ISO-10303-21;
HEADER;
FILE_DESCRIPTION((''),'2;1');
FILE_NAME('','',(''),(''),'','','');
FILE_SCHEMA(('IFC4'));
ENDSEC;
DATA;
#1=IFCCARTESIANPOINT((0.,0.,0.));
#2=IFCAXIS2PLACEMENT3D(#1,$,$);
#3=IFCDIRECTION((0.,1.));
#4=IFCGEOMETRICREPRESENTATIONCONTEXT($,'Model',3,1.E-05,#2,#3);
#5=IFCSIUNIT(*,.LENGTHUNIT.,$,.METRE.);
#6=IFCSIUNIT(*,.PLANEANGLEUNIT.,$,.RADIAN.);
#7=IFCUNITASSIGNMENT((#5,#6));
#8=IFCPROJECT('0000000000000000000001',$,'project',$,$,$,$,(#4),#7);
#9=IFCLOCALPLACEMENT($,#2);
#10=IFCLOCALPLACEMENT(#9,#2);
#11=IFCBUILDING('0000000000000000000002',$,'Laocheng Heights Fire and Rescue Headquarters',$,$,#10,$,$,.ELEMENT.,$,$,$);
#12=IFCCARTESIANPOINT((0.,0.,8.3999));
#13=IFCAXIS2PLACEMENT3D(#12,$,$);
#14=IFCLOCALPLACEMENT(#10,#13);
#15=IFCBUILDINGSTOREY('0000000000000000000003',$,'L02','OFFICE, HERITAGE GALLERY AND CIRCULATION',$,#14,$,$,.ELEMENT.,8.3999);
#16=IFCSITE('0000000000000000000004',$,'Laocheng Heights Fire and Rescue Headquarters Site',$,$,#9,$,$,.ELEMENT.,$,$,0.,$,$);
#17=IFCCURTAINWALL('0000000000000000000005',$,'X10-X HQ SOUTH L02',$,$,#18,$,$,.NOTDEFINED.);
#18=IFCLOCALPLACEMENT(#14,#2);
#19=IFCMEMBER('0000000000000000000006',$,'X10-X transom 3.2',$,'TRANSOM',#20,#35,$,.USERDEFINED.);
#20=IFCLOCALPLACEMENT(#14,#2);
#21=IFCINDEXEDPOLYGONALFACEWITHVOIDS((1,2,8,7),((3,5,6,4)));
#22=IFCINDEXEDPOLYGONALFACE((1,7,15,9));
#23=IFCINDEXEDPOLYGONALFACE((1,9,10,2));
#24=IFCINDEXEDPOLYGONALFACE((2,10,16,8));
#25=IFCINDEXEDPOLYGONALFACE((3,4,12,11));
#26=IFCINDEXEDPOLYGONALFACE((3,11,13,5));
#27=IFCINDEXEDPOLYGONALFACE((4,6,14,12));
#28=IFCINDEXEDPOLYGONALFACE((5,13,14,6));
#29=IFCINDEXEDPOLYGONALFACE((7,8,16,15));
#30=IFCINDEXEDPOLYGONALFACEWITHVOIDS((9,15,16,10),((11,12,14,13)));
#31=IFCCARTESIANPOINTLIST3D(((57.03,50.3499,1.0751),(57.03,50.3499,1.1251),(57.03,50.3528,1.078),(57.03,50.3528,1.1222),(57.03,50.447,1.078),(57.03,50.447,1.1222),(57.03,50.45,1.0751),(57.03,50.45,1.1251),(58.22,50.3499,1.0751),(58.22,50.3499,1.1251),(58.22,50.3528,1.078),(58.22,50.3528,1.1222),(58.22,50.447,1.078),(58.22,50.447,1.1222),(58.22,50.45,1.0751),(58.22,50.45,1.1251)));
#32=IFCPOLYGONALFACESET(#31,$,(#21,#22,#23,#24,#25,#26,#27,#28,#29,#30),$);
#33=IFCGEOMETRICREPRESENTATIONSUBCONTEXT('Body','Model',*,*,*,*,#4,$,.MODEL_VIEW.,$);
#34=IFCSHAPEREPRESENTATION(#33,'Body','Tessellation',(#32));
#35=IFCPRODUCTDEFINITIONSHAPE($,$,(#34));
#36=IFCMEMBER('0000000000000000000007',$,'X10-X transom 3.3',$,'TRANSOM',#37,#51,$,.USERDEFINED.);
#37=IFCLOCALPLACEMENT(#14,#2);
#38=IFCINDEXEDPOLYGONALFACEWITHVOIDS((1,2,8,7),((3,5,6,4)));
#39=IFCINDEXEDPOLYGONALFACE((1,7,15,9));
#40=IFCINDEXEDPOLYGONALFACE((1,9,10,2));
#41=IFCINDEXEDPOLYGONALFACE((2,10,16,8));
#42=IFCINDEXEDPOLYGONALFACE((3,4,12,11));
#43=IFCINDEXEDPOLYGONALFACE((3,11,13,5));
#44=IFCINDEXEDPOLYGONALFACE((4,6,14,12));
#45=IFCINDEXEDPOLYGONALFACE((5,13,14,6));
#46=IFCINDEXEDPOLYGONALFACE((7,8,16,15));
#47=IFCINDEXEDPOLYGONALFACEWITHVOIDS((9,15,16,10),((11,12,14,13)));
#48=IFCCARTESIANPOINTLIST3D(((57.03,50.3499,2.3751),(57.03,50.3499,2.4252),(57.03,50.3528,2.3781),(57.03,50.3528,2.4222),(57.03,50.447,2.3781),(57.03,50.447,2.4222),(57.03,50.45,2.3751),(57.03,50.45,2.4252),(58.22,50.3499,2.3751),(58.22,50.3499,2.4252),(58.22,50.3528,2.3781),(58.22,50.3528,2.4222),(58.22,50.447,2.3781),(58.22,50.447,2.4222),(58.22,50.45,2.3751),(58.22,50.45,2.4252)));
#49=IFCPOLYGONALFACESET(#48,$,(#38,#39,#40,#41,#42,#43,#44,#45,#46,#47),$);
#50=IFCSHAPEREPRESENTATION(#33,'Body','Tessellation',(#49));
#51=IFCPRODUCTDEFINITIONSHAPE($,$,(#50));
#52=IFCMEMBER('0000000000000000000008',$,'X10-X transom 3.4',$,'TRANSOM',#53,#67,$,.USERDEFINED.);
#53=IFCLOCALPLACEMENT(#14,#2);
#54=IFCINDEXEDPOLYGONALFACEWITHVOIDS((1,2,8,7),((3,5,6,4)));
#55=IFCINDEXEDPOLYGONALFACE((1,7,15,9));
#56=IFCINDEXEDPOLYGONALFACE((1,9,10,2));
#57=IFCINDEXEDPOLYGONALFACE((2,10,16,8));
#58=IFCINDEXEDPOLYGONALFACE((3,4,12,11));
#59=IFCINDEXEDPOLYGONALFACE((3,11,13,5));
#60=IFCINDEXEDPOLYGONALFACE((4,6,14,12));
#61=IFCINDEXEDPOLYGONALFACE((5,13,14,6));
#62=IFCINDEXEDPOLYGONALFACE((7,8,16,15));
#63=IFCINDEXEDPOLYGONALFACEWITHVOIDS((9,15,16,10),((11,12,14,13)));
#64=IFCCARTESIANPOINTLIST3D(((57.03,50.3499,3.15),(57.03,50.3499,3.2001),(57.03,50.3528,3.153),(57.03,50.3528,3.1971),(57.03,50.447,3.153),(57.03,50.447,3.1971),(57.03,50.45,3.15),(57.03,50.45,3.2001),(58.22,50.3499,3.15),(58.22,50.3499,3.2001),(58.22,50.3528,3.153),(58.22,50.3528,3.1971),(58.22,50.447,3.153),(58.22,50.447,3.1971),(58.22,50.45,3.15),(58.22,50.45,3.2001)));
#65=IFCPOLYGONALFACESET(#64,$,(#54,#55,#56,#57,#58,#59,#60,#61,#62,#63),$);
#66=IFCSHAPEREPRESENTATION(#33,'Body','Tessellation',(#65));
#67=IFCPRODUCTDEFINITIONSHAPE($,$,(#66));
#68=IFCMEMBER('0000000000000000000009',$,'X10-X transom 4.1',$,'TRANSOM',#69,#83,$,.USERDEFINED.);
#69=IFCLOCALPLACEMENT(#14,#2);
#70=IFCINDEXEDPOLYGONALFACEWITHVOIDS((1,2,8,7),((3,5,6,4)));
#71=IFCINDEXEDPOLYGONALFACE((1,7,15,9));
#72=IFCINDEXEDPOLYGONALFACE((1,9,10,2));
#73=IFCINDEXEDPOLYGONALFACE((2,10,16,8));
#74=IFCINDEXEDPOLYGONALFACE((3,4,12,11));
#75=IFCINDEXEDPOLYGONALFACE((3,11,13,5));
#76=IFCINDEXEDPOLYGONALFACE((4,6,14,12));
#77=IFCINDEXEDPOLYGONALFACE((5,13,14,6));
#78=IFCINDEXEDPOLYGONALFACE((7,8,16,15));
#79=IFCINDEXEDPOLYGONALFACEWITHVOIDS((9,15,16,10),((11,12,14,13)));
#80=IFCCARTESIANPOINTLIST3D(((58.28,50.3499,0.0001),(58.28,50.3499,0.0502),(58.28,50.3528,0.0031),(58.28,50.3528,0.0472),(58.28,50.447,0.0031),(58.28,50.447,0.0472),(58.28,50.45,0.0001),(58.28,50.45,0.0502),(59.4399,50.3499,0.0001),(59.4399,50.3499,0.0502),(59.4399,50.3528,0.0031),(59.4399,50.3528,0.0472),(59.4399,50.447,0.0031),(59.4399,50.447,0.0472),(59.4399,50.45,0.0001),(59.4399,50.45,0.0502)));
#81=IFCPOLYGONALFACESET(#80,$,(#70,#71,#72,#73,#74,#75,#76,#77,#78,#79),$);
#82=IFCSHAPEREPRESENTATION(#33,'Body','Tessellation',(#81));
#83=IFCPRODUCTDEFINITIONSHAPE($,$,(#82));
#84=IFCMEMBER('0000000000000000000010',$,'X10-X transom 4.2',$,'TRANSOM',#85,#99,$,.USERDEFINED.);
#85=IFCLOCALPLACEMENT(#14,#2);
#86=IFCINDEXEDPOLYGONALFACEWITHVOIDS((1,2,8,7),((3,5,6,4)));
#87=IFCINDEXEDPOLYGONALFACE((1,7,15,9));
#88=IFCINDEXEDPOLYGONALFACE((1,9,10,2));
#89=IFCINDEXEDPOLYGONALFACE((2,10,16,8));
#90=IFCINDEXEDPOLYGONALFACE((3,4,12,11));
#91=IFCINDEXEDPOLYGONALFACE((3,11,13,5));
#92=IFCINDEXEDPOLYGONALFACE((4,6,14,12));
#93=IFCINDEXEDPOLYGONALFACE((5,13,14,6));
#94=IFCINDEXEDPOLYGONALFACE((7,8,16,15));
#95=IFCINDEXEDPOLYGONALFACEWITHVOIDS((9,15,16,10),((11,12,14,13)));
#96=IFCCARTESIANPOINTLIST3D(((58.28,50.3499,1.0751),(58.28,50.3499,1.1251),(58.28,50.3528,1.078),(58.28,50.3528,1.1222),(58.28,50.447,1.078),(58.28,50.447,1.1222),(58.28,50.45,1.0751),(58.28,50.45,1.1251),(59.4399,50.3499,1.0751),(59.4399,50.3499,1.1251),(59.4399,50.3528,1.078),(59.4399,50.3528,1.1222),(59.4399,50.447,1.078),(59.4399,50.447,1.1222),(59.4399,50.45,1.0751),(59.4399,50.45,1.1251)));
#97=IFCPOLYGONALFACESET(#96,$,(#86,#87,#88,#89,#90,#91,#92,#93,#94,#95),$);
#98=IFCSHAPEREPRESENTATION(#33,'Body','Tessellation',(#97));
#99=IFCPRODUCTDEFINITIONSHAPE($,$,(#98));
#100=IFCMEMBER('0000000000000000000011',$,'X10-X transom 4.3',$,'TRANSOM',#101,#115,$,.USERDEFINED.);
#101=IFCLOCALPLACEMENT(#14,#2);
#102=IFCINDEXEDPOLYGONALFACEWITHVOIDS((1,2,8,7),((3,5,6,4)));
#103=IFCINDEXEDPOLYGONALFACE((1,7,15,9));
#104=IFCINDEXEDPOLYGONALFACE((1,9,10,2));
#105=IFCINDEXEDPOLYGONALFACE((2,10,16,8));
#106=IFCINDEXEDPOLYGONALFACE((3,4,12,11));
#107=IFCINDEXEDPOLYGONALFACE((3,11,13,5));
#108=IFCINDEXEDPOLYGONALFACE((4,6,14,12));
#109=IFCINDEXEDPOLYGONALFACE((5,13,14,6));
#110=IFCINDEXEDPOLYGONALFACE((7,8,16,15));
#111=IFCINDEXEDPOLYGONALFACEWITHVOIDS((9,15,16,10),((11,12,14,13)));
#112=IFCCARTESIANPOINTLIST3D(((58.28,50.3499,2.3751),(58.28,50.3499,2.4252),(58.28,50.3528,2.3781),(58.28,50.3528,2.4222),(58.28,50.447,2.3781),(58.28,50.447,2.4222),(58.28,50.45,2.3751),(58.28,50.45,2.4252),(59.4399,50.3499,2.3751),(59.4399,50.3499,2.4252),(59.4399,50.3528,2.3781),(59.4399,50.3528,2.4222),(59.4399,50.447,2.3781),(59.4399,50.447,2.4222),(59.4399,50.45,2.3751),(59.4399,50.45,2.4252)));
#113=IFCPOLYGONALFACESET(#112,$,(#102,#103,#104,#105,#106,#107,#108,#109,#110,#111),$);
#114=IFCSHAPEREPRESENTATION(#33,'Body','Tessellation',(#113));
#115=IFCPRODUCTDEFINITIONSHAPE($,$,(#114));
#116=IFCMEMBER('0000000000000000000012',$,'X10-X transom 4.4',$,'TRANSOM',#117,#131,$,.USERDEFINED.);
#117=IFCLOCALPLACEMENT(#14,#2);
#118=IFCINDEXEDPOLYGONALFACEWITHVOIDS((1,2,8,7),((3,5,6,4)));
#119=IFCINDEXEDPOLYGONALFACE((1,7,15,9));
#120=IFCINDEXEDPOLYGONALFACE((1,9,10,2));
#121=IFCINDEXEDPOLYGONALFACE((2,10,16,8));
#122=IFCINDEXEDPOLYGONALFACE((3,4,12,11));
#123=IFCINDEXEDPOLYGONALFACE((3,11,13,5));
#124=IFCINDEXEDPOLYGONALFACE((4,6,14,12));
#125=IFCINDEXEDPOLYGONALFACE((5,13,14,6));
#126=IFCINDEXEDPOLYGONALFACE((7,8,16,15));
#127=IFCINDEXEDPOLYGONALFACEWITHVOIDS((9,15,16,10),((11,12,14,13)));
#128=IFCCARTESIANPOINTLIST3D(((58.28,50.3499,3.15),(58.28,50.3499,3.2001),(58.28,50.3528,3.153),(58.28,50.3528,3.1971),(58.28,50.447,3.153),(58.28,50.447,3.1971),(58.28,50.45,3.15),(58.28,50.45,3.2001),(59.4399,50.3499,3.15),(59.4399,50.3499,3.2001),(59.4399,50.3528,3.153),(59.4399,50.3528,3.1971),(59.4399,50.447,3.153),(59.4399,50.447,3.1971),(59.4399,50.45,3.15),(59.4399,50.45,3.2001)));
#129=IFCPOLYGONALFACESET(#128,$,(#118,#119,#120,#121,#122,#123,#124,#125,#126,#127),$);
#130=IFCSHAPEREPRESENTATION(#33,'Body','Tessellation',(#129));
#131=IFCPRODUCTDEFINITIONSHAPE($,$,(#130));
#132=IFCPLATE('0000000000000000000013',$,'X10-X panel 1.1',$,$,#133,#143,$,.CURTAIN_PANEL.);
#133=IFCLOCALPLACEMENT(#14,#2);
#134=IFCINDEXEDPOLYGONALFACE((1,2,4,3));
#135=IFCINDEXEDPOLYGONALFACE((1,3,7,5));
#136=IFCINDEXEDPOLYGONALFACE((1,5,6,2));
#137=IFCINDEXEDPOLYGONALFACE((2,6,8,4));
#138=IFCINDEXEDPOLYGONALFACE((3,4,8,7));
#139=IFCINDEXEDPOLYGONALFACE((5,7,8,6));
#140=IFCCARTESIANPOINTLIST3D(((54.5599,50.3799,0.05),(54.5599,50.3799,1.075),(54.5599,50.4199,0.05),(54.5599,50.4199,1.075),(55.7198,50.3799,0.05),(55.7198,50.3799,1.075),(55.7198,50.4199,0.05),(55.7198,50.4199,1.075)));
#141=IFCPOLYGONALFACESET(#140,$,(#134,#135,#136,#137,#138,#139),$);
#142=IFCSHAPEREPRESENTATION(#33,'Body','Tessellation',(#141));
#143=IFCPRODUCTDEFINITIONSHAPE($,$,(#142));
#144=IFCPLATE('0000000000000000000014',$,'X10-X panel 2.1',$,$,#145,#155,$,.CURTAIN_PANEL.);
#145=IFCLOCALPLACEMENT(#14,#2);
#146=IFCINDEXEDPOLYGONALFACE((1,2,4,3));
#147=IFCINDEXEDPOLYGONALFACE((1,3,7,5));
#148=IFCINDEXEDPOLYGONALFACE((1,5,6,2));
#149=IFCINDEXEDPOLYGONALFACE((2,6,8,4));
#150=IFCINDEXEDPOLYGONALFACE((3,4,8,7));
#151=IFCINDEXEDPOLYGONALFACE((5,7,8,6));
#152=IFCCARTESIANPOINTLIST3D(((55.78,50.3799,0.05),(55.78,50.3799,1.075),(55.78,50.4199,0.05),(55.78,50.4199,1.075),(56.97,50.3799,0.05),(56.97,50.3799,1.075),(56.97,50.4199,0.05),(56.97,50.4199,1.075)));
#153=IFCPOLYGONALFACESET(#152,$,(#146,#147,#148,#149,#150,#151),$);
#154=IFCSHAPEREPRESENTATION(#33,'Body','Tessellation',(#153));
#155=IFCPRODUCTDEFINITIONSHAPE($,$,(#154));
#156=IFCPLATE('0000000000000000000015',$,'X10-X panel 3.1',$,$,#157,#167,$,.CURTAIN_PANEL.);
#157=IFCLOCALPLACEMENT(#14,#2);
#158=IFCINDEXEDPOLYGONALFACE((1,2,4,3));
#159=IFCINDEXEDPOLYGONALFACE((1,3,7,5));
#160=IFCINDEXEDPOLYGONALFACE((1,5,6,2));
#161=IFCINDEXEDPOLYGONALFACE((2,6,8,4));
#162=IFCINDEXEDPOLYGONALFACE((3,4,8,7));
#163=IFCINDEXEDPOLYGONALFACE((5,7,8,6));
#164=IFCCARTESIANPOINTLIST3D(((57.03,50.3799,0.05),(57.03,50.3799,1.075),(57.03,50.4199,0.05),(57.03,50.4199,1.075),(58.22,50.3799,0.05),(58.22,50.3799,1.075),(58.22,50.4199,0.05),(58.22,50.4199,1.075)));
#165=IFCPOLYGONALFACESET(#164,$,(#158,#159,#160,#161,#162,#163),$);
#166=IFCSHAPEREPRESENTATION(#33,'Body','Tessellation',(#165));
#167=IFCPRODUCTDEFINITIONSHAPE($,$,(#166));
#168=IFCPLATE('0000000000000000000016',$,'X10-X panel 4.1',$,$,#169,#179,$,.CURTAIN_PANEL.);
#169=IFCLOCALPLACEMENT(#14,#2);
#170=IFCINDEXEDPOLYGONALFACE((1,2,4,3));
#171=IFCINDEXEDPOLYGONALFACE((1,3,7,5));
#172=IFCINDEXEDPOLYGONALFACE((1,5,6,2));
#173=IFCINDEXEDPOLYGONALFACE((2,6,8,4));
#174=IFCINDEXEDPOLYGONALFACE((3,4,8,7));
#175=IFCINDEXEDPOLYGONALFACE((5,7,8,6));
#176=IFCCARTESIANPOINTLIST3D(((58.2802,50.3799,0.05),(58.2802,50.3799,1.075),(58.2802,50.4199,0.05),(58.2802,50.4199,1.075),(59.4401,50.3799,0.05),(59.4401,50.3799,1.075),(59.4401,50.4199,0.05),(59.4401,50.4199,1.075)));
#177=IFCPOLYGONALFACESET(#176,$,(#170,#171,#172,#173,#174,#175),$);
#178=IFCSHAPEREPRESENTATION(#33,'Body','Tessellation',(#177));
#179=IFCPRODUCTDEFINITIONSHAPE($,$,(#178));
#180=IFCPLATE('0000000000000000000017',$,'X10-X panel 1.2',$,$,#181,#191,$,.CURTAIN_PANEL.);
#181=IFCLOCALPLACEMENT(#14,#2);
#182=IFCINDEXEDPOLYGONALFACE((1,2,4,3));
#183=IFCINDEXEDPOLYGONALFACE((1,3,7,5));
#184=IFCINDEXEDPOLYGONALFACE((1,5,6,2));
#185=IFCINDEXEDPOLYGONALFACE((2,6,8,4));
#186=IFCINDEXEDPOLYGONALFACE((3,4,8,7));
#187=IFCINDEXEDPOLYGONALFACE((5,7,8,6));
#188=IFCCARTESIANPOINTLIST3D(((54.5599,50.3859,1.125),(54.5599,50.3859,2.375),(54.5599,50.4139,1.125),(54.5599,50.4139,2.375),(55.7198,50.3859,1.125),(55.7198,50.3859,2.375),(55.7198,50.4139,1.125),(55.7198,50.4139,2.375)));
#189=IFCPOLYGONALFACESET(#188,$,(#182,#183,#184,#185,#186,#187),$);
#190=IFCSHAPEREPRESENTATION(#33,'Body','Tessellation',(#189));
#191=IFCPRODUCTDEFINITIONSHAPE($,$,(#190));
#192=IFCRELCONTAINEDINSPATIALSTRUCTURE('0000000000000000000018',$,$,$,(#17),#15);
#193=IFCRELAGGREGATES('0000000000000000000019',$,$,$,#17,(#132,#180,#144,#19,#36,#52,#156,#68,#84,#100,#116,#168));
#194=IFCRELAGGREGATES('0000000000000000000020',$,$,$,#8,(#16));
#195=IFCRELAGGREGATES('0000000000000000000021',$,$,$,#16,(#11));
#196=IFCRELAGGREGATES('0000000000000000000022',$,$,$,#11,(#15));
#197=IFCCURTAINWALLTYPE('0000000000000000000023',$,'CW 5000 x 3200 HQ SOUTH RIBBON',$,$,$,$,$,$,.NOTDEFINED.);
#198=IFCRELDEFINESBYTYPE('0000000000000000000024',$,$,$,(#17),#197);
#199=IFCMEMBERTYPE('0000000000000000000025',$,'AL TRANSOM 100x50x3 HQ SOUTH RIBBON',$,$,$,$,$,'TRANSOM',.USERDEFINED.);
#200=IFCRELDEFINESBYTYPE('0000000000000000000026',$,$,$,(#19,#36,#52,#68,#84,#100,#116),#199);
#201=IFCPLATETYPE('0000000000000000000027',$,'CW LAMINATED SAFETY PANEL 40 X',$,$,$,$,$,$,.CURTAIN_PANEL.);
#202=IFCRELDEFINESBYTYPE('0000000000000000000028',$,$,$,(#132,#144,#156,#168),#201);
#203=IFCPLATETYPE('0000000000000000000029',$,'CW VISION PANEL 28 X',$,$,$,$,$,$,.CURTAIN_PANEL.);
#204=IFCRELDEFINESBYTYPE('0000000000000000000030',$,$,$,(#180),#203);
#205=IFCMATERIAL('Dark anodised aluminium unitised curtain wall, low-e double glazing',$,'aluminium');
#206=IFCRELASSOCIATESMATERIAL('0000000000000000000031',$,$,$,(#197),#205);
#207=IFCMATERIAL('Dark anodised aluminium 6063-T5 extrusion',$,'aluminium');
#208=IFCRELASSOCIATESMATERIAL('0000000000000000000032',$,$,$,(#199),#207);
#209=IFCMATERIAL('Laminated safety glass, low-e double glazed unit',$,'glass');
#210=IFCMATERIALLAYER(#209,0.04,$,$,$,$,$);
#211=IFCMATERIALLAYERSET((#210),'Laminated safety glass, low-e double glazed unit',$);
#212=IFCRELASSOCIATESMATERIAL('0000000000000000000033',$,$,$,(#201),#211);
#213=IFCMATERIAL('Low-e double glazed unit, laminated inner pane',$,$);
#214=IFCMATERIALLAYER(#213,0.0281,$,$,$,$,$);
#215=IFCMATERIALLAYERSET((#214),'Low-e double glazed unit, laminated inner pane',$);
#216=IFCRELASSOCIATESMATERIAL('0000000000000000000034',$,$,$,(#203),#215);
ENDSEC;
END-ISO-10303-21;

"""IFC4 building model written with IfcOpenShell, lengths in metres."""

from ifc_helpers import new_model, si_unit, direction, frame, origin, origin_2d, place, context, subcontext, project, spatial, rectangle, hollow_rectangle, extrude, material, layer, layer_set, material_profile, profile_set, type_object, element, aggregate, save


model = new_model("IFC4")

# Units and contexts
model_context = context("Model", 3, precision=1e-05, world=origin(), true_north=direction((0.0, 1.0)))
body_context = subcontext(model_context, "Body", "Model", "MODEL_VIEW")
ifc_project = project(units=[si_unit("LENGTHUNIT", "METRE"), si_unit("PLANEANGLEUNIT", "RADIAN")], contexts=[model_context])

# Site, building, storey
site_placement = place(None, origin())
site = spatial("IfcSite", under=ifc_project, at=site_placement, Name="Laocheng Heights Fire and Rescue Headquarters Site", CompositionType="ELEMENT", RefElevation=0.0)
building_placement = place(site_placement, origin())
building = spatial("IfcBuilding", under=site, at=building_placement, Name="Laocheng Heights Fire and Rescue Headquarters", CompositionType="ELEMENT")
storey_placement = place(building_placement, frame((0.0, 0.0, 8.3999)))
storey = spatial("IfcBuildingStorey", under=building, at=storey_placement, Name="L02", Description="OFFICE, HERITAGE GALLERY AND CIRCULATION", CompositionType="ELEMENT", Elevation=8.3999)

# Curtain wall, members, plates
ifc_material_1 = material(Name="Dark anodised aluminium unitised curtain wall, low-e double glazing", Category="aluminium")
curtain_wall_type = type_object("IfcCurtainWallType", Name="CW 5000 x 3200 HQ SOUTH RIBBON", PredefinedType="NOTDEFINED", material=ifc_material_1)
curtain_wall_placement = place(storey_placement, origin())
curtain_wall = element("IfcCurtainWall", 1, at=curtain_wall_placement, inside=storey, type_object=curtain_wall_type, Name="X10-X HQ SOUTH L02", PredefinedType="NOTDEFINED")
ifc_material_2 = material(Name="Dark anodised aluminium 6063-T5 extrusion", Category="aluminium")
ifc_material_profile_1 = material_profile(ifc_material_2, hollow_rectangle(XDim=0.1001, YDim=0.05, WallThickness=0.0029, at=origin_2d()), Name="AL TRANSOM 100x50x3 HQ SOUTH RIBBON")
ifc_profile_set_1 = profile_set([ifc_material_profile_1], Name="Dark anodised aluminium 6063-T5 extrusion")
member_type_1 = type_object("IfcMemberType", Name="AL TRANSOM 100x50x3 HQ SOUTH RIBBON", ElementType="TRANSOM", PredefinedType="USERDEFINED", material=ifc_profile_set_1)
member_1_placement = place(storey_placement, frame((57.03, 50.3999, 1.1001), z_axis=(1.0, 0.0, 0.0), x_axis=(0.0, 1.0, 0.0)))
member_1 = element("IfcMember", 2, at=member_1_placement, type_object=member_type_1, Name="X10-X transom 3.2", ObjectType="TRANSOM", PredefinedType="USERDEFINED", context=body_context, shape_type="SweptSolid", body=[
    extrude(hollow_rectangle(XDim=0.1001, YDim=0.05, WallThickness=0.0029, at=origin_2d()), origin(), (0.0, 0.0, 1.0), 1.1899),
])
member_2_placement = place(storey_placement, frame((57.03, 50.3999, 2.4001), z_axis=(1.0, 0.0, 0.0), x_axis=(0.0, 1.0, 0.0)))
member_2 = element("IfcMember", 3, at=member_2_placement, type_object=member_type_1, Name="X10-X transom 3.3", ObjectType="TRANSOM", PredefinedType="USERDEFINED", context=body_context, shape_type="SweptSolid", body=[
    extrude(hollow_rectangle(XDim=0.1001, YDim=0.05, WallThickness=0.0029, at=origin_2d()), origin(), (0.0, 0.0, 1.0), 1.1899),
])
member_3_placement = place(storey_placement, frame((57.03, 50.3999, 3.175), z_axis=(1.0, 0.0, 0.0), x_axis=(0.0, 1.0, 0.0)))
member_3 = element("IfcMember", 4, at=member_3_placement, type_object=member_type_1, Name="X10-X transom 3.4", ObjectType="TRANSOM", PredefinedType="USERDEFINED", context=body_context, shape_type="SweptSolid", body=[
    extrude(hollow_rectangle(XDim=0.1001, YDim=0.05, WallThickness=0.0029, at=origin_2d()), origin(), (0.0, 0.0, 1.0), 1.1899),
])
member_4_placement = place(storey_placement, frame((58.28, 50.3999, 0.0251), z_axis=(1.0, 0.0, 0.0), x_axis=(0.0, 1.0, 0.0)))
member_4 = element("IfcMember", 5, at=member_4_placement, type_object=member_type_1, Name="X10-X transom 4.1", ObjectType="TRANSOM", PredefinedType="USERDEFINED", context=body_context, shape_type="SweptSolid", body=[
    extrude(hollow_rectangle(XDim=0.1001, YDim=0.05, WallThickness=0.0029, at=origin_2d()), origin(), (0.0, 0.0, 1.0), 1.1599),
])
member_5_placement = place(storey_placement, frame((58.28, 50.3999, 1.1001), z_axis=(1.0, 0.0, 0.0), x_axis=(0.0, 1.0, 0.0)))
member_5 = element("IfcMember", 6, at=member_5_placement, type_object=member_type_1, Name="X10-X transom 4.2", ObjectType="TRANSOM", PredefinedType="USERDEFINED", context=body_context, shape_type="SweptSolid", body=[
    extrude(hollow_rectangle(XDim=0.1001, YDim=0.05, WallThickness=0.0029, at=origin_2d()), origin(), (0.0, 0.0, 1.0), 1.1599),
])
member_6_placement = place(storey_placement, frame((58.28, 50.3999, 2.4001), z_axis=(1.0, 0.0, 0.0), x_axis=(0.0, 1.0, 0.0)))
member_6 = element("IfcMember", 7, at=member_6_placement, type_object=member_type_1, Name="X10-X transom 4.3", ObjectType="TRANSOM", PredefinedType="USERDEFINED", context=body_context, shape_type="SweptSolid", body=[
    extrude(hollow_rectangle(XDim=0.1001, YDim=0.05, WallThickness=0.0029, at=origin_2d()), origin(), (0.0, 0.0, 1.0), 1.1599),
])
member_7_placement = place(storey_placement, frame((58.28, 50.3999, 3.175), z_axis=(1.0, 0.0, 0.0), x_axis=(0.0, 1.0, 0.0)))
member_7 = element("IfcMember", 8, at=member_7_placement, type_object=member_type_1, Name="X10-X transom 4.4", ObjectType="TRANSOM", PredefinedType="USERDEFINED", context=body_context, shape_type="SweptSolid", body=[
    extrude(hollow_rectangle(XDim=0.1001, YDim=0.05, WallThickness=0.0029, at=origin_2d()), origin(), (0.0, 0.0, 1.0), 1.1599),
])
ifc_material_3 = material(Name="Laminated safety glass, low-e double glazed unit", Category="glass")
ifc_layer_1 = layer(ifc_material_3, 0.04)
ifc_layer_set_1 = layer_set([ifc_layer_1], Name="Laminated safety glass, low-e double glazed unit")
plate_type_1 = type_object("IfcPlateType", Name="CW LAMINATED SAFETY PANEL 40 X", PredefinedType="CURTAIN_PANEL", material=ifc_layer_set_1)
plate_1_placement = place(storey_placement, frame((55.1399, 50.3999, 0.05), z_axis=(0.0, 0.0, 1.0), x_axis=(1.0, 0.0, 0.0)))
plate_1 = element("IfcPlate", 9, at=plate_1_placement, type_object=plate_type_1, Name="X10-X panel 1.1", PredefinedType="CURTAIN_PANEL", context=body_context, shape_type="SweptSolid", body=[
    extrude(rectangle(XDim=1.1599, YDim=0.04, at=origin_2d()), origin(), (0.0, 0.0, 1.0), 1.0249),
])
plate_2_placement = place(storey_placement, frame((56.375, 50.3999, 0.05), z_axis=(0.0, 0.0, 1.0), x_axis=(1.0, 0.0, 0.0)))
plate_2 = element("IfcPlate", 10, at=plate_2_placement, type_object=plate_type_1, Name="X10-X panel 2.1", PredefinedType="CURTAIN_PANEL", context=body_context, shape_type="SweptSolid", body=[
    extrude(rectangle(XDim=1.1899, YDim=0.04, at=origin_2d()), origin(), (0.0, 0.0, 1.0), 1.0249),
])
plate_3_placement = place(storey_placement, frame((57.625, 50.3999, 0.05), z_axis=(0.0, 0.0, 1.0), x_axis=(1.0, 0.0, 0.0)))
plate_3 = element("IfcPlate", 11, at=plate_3_placement, type_object=plate_type_1, Name="X10-X panel 3.1", PredefinedType="CURTAIN_PANEL", context=body_context, shape_type="SweptSolid", body=[
    extrude(rectangle(XDim=1.1899, YDim=0.04, at=origin_2d()), origin(), (0.0, 0.0, 1.0), 1.0249),
])
plate_4_placement = place(storey_placement, frame((58.8601, 50.3999, 0.05), z_axis=(0.0, 0.0, 1.0), x_axis=(1.0, 0.0, 0.0)))
plate_4 = element("IfcPlate", 12, at=plate_4_placement, type_object=plate_type_1, Name="X10-X panel 4.1", PredefinedType="CURTAIN_PANEL", context=body_context, shape_type="SweptSolid", body=[
    extrude(rectangle(XDim=1.1599, YDim=0.04, at=origin_2d()), origin(), (0.0, 0.0, 1.0), 1.0249),
])
ifc_material_4 = material(Name="Low-e double glazed unit, laminated inner pane")
ifc_layer_2 = layer(ifc_material_4, 0.0281)
ifc_layer_set_2 = layer_set([ifc_layer_2], Name="Low-e double glazed unit, laminated inner pane")
plate_type_2 = type_object("IfcPlateType", Name="CW VISION PANEL 28 X", PredefinedType="CURTAIN_PANEL", material=ifc_layer_set_2)
plate_5_placement = place(storey_placement, frame((55.1399, 50.3999, 1.125), z_axis=(0.0, 0.0, 1.0), x_axis=(1.0, 0.0, 0.0)))
plate_5 = element("IfcPlate", 13, at=plate_5_placement, type_object=plate_type_2, Name="X10-X panel 1.2", PredefinedType="CURTAIN_PANEL", context=body_context, shape_type="SweptSolid", body=[
    extrude(rectangle(XDim=1.1599, YDim=0.0281, at=origin_2d()), origin(), (0.0, 0.0, 1.0), 1.25),
])
aggregate(curtain_wall, [plate_1, plate_5, plate_2, member_1, member_2, member_3, plate_3, member_4, member_5, member_6, member_7, plate_4])

save(model, "model.ifc")
